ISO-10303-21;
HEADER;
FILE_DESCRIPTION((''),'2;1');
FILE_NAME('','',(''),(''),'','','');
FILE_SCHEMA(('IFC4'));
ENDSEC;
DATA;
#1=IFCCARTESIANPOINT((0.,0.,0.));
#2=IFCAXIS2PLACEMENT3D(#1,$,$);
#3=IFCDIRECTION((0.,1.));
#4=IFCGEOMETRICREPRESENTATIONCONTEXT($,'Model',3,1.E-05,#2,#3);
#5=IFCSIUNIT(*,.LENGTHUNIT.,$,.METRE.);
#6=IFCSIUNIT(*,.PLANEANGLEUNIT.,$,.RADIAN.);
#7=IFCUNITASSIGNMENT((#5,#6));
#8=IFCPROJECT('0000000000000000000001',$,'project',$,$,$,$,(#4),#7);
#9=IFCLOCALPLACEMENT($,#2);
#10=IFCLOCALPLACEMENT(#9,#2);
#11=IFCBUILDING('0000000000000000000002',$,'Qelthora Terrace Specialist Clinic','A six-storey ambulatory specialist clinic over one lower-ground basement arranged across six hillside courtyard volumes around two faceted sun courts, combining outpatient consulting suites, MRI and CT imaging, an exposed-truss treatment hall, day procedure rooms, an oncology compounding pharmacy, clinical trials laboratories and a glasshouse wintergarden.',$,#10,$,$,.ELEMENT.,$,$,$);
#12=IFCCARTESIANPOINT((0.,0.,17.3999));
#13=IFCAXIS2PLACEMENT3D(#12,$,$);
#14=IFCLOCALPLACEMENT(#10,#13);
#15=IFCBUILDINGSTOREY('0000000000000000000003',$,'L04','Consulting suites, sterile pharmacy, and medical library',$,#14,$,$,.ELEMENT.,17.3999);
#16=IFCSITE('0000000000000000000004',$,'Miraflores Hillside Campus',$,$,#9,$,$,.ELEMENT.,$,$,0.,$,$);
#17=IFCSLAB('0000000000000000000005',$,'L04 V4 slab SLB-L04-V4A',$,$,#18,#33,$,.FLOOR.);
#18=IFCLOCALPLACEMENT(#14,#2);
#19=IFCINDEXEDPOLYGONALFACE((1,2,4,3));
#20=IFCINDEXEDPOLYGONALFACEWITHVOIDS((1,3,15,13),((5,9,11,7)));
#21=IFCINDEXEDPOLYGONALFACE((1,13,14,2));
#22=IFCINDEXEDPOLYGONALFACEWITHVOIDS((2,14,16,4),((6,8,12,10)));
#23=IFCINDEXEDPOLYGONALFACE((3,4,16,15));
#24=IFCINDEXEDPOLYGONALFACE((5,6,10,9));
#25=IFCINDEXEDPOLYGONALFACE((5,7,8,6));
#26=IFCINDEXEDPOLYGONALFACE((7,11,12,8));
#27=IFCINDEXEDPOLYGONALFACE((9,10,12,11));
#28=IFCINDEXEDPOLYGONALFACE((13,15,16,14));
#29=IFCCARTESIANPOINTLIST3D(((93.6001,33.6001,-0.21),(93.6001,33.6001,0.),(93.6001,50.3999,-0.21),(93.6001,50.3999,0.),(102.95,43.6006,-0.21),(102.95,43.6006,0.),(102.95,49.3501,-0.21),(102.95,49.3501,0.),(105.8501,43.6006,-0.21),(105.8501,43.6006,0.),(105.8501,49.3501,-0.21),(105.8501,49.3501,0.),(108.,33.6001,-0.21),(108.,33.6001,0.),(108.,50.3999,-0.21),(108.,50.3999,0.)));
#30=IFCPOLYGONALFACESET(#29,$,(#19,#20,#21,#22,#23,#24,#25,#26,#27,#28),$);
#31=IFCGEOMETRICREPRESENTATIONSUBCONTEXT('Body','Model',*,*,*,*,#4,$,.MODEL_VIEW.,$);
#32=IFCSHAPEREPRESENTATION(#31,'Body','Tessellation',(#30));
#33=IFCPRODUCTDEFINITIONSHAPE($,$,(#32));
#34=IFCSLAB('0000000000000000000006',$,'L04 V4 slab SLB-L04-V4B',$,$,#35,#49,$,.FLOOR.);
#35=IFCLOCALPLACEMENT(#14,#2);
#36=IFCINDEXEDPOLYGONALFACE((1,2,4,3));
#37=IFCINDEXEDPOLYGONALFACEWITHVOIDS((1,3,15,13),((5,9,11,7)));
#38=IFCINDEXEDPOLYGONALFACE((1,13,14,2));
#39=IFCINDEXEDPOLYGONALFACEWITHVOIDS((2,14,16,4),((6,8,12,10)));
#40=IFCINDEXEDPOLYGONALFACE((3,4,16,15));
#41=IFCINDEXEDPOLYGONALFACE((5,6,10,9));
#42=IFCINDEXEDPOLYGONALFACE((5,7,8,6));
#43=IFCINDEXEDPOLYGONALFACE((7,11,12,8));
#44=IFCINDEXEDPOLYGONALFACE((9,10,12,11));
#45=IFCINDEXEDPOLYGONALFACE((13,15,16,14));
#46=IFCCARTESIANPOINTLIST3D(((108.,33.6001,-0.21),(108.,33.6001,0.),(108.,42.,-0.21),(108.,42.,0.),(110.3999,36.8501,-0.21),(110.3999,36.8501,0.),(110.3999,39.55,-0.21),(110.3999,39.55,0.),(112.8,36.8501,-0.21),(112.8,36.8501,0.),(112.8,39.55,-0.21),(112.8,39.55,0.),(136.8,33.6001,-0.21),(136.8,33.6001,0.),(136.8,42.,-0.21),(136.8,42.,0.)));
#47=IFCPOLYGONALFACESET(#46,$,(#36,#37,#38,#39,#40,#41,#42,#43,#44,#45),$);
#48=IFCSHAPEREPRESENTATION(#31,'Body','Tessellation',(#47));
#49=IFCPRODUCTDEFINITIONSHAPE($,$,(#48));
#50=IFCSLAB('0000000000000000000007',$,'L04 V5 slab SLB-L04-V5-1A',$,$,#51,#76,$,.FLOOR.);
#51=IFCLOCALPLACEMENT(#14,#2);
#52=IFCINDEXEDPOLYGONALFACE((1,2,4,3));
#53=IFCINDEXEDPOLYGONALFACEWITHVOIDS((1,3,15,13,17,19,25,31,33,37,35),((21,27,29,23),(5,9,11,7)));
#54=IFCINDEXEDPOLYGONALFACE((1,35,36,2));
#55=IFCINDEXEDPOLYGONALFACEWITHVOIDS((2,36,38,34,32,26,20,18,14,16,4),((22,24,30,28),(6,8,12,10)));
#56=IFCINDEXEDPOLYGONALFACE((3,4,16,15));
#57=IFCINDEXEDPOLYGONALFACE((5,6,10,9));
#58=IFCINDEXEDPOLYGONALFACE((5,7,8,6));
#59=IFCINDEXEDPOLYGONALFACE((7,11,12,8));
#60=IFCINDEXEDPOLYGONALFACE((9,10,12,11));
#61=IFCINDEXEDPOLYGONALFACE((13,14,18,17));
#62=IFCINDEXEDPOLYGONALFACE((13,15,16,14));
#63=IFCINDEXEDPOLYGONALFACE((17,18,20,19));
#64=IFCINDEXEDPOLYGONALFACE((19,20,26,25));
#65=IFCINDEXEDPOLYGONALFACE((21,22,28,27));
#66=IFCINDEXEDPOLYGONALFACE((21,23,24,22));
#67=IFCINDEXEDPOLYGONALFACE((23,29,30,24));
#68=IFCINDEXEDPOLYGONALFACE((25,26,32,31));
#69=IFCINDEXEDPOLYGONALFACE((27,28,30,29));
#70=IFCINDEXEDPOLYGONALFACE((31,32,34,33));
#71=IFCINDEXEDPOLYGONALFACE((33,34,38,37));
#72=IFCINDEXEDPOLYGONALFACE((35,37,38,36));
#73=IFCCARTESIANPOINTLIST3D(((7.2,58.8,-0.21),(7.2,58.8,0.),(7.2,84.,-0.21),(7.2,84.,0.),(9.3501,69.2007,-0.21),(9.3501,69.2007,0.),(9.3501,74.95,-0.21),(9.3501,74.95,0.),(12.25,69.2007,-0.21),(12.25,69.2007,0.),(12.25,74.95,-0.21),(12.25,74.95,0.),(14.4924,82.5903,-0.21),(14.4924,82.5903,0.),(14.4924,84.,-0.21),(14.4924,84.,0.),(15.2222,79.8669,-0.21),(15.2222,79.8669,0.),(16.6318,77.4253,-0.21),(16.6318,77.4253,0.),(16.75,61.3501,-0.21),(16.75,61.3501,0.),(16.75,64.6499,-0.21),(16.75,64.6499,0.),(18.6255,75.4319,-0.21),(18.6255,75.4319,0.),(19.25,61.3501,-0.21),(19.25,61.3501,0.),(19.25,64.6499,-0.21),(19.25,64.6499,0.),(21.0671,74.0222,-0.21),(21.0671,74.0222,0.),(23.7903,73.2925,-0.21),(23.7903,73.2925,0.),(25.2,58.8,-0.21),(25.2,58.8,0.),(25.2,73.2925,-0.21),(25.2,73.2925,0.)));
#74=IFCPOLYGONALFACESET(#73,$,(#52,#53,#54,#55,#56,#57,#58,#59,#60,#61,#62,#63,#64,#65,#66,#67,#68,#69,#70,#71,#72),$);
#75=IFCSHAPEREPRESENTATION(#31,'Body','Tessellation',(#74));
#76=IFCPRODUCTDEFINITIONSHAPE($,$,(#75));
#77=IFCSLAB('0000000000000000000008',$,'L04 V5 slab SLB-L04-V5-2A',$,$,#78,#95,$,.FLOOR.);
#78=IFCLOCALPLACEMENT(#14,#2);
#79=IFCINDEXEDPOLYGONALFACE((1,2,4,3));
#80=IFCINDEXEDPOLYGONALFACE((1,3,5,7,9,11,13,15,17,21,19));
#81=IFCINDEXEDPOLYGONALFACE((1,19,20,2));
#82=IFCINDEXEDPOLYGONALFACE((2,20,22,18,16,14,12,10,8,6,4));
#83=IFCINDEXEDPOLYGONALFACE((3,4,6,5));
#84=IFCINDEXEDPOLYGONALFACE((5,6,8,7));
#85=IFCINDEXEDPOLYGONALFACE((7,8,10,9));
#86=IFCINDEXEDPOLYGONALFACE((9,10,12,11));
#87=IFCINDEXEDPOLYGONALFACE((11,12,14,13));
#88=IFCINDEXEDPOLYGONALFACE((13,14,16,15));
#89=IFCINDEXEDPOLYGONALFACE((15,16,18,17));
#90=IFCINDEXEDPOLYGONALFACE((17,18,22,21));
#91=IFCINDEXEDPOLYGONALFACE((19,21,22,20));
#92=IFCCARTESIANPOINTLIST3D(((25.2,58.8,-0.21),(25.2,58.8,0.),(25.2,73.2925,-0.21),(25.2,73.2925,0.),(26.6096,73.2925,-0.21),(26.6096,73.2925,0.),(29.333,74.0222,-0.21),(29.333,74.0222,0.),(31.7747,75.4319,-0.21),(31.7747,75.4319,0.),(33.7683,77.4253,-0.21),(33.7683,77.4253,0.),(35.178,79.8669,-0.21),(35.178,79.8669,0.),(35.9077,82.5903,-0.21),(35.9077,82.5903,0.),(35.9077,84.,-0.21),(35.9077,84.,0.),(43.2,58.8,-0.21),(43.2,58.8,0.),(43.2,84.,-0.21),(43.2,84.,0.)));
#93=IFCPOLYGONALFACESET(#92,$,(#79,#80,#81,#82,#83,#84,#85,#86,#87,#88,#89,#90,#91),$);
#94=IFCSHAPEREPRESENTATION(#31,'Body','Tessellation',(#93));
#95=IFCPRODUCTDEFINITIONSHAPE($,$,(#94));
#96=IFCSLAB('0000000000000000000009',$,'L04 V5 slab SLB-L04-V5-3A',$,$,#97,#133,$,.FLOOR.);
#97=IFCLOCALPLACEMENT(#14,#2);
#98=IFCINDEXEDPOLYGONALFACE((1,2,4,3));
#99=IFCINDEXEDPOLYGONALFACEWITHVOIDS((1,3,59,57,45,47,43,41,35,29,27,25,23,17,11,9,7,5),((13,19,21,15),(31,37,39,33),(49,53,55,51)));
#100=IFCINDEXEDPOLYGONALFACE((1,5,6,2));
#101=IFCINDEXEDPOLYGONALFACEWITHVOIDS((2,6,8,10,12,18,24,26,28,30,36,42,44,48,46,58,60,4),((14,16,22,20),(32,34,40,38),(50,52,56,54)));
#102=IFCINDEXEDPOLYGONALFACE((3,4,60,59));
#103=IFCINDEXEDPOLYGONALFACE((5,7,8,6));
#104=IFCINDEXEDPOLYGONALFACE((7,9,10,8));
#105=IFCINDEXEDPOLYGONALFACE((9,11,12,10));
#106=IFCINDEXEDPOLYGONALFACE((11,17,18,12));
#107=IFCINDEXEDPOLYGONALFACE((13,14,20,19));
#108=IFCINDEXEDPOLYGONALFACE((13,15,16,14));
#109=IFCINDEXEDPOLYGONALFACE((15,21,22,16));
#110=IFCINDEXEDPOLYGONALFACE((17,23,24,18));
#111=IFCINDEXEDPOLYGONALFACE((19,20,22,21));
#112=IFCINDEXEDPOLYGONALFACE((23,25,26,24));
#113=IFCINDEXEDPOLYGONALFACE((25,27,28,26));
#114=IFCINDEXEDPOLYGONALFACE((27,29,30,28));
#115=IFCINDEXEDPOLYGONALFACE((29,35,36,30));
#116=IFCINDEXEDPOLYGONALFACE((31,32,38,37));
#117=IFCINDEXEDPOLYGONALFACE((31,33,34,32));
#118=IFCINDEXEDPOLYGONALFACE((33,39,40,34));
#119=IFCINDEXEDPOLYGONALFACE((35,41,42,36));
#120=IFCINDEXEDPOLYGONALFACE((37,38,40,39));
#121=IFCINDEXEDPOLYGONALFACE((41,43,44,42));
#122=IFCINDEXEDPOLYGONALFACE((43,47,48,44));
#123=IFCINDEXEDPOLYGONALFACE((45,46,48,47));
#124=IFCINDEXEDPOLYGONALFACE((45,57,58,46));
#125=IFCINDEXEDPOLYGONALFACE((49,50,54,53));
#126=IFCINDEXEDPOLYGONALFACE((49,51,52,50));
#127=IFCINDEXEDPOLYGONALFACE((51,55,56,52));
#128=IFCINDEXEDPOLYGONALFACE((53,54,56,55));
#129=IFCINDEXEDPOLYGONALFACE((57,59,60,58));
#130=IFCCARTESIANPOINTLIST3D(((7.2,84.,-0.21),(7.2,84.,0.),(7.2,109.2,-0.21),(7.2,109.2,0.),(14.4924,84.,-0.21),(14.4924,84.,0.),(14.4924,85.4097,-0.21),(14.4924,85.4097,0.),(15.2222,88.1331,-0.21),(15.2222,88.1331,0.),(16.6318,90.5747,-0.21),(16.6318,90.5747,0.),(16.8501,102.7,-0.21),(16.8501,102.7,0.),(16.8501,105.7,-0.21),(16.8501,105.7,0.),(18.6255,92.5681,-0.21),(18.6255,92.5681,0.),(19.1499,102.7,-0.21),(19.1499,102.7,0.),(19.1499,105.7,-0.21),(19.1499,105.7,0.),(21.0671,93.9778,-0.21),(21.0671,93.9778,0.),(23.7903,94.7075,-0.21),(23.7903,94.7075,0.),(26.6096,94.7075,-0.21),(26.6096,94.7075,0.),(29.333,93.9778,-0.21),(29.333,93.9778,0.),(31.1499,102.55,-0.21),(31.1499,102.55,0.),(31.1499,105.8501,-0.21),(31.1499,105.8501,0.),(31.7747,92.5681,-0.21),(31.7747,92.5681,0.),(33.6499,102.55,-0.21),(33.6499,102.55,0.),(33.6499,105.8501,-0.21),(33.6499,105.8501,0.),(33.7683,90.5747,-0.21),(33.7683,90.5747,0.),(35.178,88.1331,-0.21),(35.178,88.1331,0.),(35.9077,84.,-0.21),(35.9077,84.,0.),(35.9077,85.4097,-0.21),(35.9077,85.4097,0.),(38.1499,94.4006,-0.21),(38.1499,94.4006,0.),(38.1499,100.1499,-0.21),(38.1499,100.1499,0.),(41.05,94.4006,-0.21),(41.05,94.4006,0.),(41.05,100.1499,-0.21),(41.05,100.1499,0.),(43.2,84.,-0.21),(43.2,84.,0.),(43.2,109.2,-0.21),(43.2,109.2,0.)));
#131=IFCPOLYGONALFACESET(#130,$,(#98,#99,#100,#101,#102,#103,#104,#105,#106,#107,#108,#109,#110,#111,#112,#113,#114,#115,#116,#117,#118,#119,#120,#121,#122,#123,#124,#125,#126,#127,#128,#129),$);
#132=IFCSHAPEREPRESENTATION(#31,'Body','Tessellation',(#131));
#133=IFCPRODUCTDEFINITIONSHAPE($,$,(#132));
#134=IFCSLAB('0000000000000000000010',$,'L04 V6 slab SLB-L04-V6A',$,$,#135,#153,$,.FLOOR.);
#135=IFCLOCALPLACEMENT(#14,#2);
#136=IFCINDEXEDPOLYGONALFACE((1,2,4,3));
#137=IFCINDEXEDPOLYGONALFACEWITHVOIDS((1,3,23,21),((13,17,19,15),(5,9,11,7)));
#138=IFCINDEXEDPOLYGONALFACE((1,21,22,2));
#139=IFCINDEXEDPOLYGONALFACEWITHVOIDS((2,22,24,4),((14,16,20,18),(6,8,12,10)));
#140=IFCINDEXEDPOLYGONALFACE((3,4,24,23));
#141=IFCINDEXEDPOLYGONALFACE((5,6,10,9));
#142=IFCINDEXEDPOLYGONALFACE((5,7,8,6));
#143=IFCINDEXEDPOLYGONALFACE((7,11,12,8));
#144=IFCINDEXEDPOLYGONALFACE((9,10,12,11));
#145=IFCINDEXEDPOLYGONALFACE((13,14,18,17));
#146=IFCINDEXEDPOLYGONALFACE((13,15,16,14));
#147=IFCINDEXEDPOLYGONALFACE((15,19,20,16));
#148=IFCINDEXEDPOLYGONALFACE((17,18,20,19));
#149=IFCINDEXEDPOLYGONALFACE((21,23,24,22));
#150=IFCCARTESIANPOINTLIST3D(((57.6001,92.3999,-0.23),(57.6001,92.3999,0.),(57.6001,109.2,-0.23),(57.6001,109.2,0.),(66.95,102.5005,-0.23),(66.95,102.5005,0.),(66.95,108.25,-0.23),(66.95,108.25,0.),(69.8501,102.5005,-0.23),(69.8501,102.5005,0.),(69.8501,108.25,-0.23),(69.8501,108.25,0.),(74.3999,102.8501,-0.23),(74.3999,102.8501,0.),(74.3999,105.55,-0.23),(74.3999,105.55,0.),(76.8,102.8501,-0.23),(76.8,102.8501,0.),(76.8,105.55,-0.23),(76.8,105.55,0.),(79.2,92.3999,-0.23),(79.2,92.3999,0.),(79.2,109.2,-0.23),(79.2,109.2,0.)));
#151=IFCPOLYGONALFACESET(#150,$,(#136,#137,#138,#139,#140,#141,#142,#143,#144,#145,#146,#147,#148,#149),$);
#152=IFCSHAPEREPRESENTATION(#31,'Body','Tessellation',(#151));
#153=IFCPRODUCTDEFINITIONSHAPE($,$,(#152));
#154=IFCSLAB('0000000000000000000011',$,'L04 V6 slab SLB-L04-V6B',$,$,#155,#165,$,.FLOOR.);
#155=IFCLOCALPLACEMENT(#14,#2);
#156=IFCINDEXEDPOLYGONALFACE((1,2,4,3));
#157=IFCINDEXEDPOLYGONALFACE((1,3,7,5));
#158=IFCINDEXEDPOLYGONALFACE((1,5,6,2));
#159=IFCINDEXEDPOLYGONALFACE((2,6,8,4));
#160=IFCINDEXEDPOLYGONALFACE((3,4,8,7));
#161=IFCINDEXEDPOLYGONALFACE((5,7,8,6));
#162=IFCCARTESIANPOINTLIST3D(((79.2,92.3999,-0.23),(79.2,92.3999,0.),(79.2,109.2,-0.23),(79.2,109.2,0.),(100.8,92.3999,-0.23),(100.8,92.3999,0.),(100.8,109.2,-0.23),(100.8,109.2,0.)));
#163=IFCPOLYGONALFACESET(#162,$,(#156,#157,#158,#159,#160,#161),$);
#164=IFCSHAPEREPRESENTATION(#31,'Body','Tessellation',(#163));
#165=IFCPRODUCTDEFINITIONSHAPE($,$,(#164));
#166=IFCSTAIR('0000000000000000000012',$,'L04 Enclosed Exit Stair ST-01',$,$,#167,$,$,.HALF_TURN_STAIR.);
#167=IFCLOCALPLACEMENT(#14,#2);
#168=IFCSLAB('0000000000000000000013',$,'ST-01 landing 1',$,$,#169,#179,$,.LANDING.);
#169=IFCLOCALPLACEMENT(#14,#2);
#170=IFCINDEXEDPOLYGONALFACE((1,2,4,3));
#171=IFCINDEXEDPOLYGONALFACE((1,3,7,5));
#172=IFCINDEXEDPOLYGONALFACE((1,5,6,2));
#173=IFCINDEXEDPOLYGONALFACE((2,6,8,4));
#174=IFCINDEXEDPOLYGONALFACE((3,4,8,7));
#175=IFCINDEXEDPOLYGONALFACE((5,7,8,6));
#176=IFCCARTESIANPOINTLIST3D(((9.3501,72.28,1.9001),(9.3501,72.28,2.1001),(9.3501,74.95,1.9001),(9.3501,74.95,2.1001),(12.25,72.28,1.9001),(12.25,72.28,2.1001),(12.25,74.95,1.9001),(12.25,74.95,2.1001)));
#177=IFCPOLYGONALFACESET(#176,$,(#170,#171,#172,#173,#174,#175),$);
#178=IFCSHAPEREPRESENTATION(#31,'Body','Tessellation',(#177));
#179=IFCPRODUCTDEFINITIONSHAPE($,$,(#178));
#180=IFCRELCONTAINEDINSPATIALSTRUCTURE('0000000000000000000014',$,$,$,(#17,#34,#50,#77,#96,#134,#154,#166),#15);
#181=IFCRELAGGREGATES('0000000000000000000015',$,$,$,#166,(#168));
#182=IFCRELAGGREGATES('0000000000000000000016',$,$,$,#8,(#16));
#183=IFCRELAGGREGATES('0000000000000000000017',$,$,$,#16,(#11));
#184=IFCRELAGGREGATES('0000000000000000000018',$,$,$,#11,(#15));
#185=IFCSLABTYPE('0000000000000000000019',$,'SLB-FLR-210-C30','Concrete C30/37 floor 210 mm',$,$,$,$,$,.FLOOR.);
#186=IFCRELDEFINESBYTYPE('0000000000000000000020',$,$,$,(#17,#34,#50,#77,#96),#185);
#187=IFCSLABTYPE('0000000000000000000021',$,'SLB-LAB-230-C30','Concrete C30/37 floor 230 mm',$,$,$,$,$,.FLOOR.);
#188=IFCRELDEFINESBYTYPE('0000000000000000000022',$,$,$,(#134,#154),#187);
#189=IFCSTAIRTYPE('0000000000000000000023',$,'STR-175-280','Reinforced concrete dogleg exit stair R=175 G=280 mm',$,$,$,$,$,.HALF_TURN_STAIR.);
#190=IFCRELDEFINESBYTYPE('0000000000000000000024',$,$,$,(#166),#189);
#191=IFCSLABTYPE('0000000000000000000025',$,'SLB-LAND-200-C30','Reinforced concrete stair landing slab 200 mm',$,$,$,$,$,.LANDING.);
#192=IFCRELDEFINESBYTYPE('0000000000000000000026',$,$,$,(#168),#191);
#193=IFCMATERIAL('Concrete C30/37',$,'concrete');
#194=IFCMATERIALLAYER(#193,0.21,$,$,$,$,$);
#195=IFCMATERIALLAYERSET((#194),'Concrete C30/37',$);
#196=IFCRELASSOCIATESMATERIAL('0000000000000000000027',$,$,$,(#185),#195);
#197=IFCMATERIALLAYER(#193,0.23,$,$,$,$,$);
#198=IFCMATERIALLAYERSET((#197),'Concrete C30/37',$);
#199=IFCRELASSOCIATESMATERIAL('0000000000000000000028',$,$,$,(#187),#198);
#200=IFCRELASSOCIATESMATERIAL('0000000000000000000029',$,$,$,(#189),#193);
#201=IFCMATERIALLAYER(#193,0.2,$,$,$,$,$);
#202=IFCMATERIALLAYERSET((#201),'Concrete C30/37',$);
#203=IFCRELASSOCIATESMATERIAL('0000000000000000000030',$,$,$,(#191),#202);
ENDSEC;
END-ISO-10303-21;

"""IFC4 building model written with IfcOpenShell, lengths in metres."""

from ifc_helpers import new_model, si_unit, direction, frame, origin, place, context, subcontext, project, spatial, polyline, outline, extrude, material, layer, layer_set, type_object, element, aggregate, save


model = new_model("IFC4")

# Units and contexts
model_context = context("Model", 3, precision=1e-05, world=origin(), true_north=direction((0.0, 1.0)))
body_context = subcontext(model_context, "Body", "Model", "MODEL_VIEW")
ifc_project = project(units=[si_unit("LENGTHUNIT", "METRE"), si_unit("PLANEANGLEUNIT", "RADIAN")], contexts=[model_context])

# Site, building, storey
site_placement = place(None, origin())
site = spatial("IfcSite", under=ifc_project, at=site_placement, Name="Miraflores Hillside Campus", CompositionType="ELEMENT", RefElevation=0.0)
building_placement = place(site_placement, origin())
building = spatial("IfcBuilding", under=site, at=building_placement, Name="Qelthora Terrace Specialist Clinic", Description="A six-storey ambulatory specialist clinic over one lower-ground basement arranged across six hillside courtyard volumes around two faceted sun courts, combining outpatient consulting suites, MRI and CT imaging, an exposed-truss treatment hall, day procedure rooms, an oncology compounding pharmacy, clinical trials laboratories and a glasshouse wintergarden.", CompositionType="ELEMENT")
storey_placement = place(building_placement, frame((0.0, 0.0, 17.3999)))
storey = spatial("IfcBuildingStorey", under=building, at=storey_placement, Name="L04", Description="Consulting suites, sterile pharmacy, and medical library", CompositionType="ELEMENT", Elevation=17.3999)

# Slabs
ifc_material_1 = material(Name="Concrete C30/37", Category="concrete")
ifc_layer_1 = layer(ifc_material_1, 0.21)
ifc_layer_set_1 = layer_set([ifc_layer_1], Name="Concrete C30/37")
slab_type_1 = type_object("IfcSlabType", Name="SLB-FLR-210-C30", Description="Concrete C30/37 floor 210 mm", PredefinedType="FLOOR", material=ifc_layer_set_1)
slab_1_placement = place(storey_placement, frame((0.0, 0.0, -0.21)))
element("IfcSlab", 1, at=slab_1_placement, inside=storey, type_object=slab_type_1, Name="L04 V4 slab SLB-L04-V4A", PredefinedType="FLOOR", context=body_context, shape_type="SweptSolid", body=[
    extrude(outline(polyline([(93.6001, 50.3999), (108.0, 50.3999), (108.0, 33.6001), (93.6001, 33.6001), (93.6001, 50.3999)]), holes=[polyline([(105.8501, 49.3501), (102.95, 49.3501), (102.95, 43.6006), (105.8501, 43.6006), (105.8501, 49.3501)])]), origin(), (0.0, 0.0, 1.0), 0.21),
])
slab_2_placement = place(storey_placement, frame((0.0, 0.0, -0.21)))
element("IfcSlab", 2, at=slab_2_placement, inside=storey, type_object=slab_type_1, Name="L04 V4 slab SLB-L04-V4B", PredefinedType="FLOOR", context=body_context, shape_type="SweptSolid", body=[
    extrude(outline(polyline([(108.0, 42.0), (136.8, 42.0), (136.8, 33.6001), (108.0, 33.6001), (108.0, 42.0)]), holes=[polyline([(112.8, 39.55), (110.3999, 39.55), (110.3999, 36.8501), (112.8, 36.8501), (112.8, 39.55)])]), origin(), (0.0, 0.0, 1.0), 0.21),
])
slab_3_placement = place(storey_placement, frame((0.0, 0.0, -0.21)))
element("IfcSlab", 3, at=slab_3_placement, inside=storey, type_object=slab_type_1, Name="L04 V5 slab SLB-L04-V5-1A", PredefinedType="FLOOR", context=body_context, shape_type="SweptSolid", body=[
    extrude(outline(polyline([(7.2, 58.8), (7.2, 84.0), (14.4924, 84.0), (14.4924, 82.5903), (15.2222, 79.8669), (16.6318, 77.4253), (18.6255, 75.4319), (21.0671, 74.0222), (23.7903, 73.2925), (25.2, 73.2925), (25.2, 58.8), (7.2, 58.8)]), holes=[polyline([(19.25, 64.6499), (16.75, 64.6499), (16.75, 61.3501), (19.25, 61.3501), (19.25, 64.6499)]), polyline([(12.25, 74.95), (9.3501, 74.95), (9.3501, 69.2007), (12.25, 69.2007), (12.25, 74.95)])]), origin(), (0.0, 0.0, 1.0), 0.21),
])
slab_4_placement = place(storey_placement, frame((0.0, 0.0, -0.21)))
element("IfcSlab", 4, at=slab_4_placement, inside=storey, type_object=slab_type_1, Name="L04 V5 slab SLB-L04-V5-2A", PredefinedType="FLOOR", context=body_context, shape_type="SweptSolid", body=[
    extrude(outline(polyline([(43.2, 58.8), (25.2, 58.8), (25.2, 73.2925), (26.6096, 73.2925), (29.333, 74.0222), (31.7747, 75.4319), (33.7683, 77.4253), (35.178, 79.8669), (35.9077, 82.5903), (35.9077, 84.0), (43.2, 84.0), (43.2, 58.8)])), origin(), (0.0, 0.0, 1.0), 0.21),
])
slab_5_placement = place(storey_placement, frame((0.0, 0.0, -0.21)))
element("IfcSlab", 5, at=slab_5_placement, inside=storey, type_object=slab_type_1, Name="L04 V5 slab SLB-L04-V5-3A", PredefinedType="FLOOR", context=body_context, shape_type="SweptSolid", body=[
    extrude(outline(polyline([(7.2, 109.2), (43.2, 109.2), (43.2, 84.0), (35.9077, 84.0), (35.9077, 85.4097), (35.178, 88.1331), (33.7683, 90.5747), (31.7747, 92.5681), (29.333, 93.9778), (26.6096, 94.7075), (23.7903, 94.7075), (21.0671, 93.9778), (18.6255, 92.5681), (16.6318, 90.5747), (15.2222, 88.1331), (14.4924, 85.4097), (14.4924, 84.0), (7.2, 84.0), (7.2, 109.2)]), holes=[polyline([(41.05, 100.1499), (38.1499, 100.1499), (38.1499, 94.4006), (41.05, 94.4006), (41.05, 100.1499)]), polyline([(33.6499, 105.8501), (31.1499, 105.8501), (31.1499, 102.55), (33.6499, 102.55), (33.6499, 105.8501)]), polyline([(19.1499, 102.7), (19.1499, 105.7), (16.8501, 105.7), (16.8501, 102.7), (19.1499, 102.7)])]), origin(), (0.0, 0.0, 1.0), 0.21),
])
ifc_layer_2 = layer(ifc_material_1, 0.23)
ifc_layer_set_2 = layer_set([ifc_layer_2], Name="Concrete C30/37")
slab_type_2 = type_object("IfcSlabType", Name="SLB-LAB-230-C30", Description="Concrete C30/37 floor 230 mm", PredefinedType="FLOOR", material=ifc_layer_set_2)
slab_6_placement = place(storey_placement, frame((0.0, 0.0, -0.23)))
element("IfcSlab", 6, at=slab_6_placement, inside=storey, type_object=slab_type_2, Name="L04 V6 slab SLB-L04-V6A", PredefinedType="FLOOR", context=body_context, shape_type="SweptSolid", body=[
    extrude(outline(polyline([(57.6001, 109.2), (79.2, 109.2), (79.2, 92.3999), (57.6001, 92.3999), (57.6001, 109.2)]), holes=[polyline([(76.8, 105.55), (74.3999, 105.55), (74.3999, 102.8501), (76.8, 102.8501), (76.8, 105.55)]), polyline([(69.8501, 102.5005), (69.8501, 108.25), (66.95, 108.25), (66.95, 102.5005), (69.8501, 102.5005)])]), origin(), (0.0, 0.0, 1.0), 0.23),
])
slab_7_placement = place(storey_placement, frame((0.0, 0.0, -0.23)))
element("IfcSlab", 7, at=slab_7_placement, inside=storey, type_object=slab_type_2, Name="L04 V6 slab SLB-L04-V6B", PredefinedType="FLOOR", context=body_context, shape_type="SweptSolid", body=[
    extrude(outline(polyline([(79.2, 109.2), (100.8, 109.2), (100.8, 92.3999), (79.2, 92.3999), (79.2, 109.2)])), origin(), (0.0, 0.0, 1.0), 0.23),
])

# Stair, slab
stair_type_1 = type_object("IfcStairType", Name="STR-175-280", Description="Reinforced concrete dogleg exit stair R=175 G=280 mm", PredefinedType="HALF_TURN_STAIR", material=ifc_material_1)
stair_1_placement = place(storey_placement, origin())
stair_1 = element("IfcStair", 8, at=stair_1_placement, inside=storey, type_object=stair_type_1, Name="L04 Enclosed Exit Stair ST-01", PredefinedType="HALF_TURN_STAIR")
ifc_layer_3 = layer(ifc_material_1, 0.2)
ifc_layer_set_3 = layer_set([ifc_layer_3], Name="Concrete C30/37")
slab_type_3 = type_object("IfcSlabType", Name="SLB-LAND-200-C30", Description="Reinforced concrete stair landing slab 200 mm", PredefinedType="LANDING", material=ifc_layer_set_3)
slab_8_placement = place(storey_placement, frame((0.0, 0.0, 1.9001)))
slab_8 = element("IfcSlab", 9, at=slab_8_placement, type_object=slab_type_3, Name="ST-01 landing 1", PredefinedType="LANDING", context=body_context, shape_type="SweptSolid", body=[
    extrude(outline(polyline([(12.25, 72.28), (12.25, 74.95), (9.3501, 74.95), (9.3501, 72.28), (12.25, 72.28)])), origin(), (0.0, 0.0, 1.0), 0.2),
])
aggregate(stair_1, [slab_8])

save(model, "model.ifc")
